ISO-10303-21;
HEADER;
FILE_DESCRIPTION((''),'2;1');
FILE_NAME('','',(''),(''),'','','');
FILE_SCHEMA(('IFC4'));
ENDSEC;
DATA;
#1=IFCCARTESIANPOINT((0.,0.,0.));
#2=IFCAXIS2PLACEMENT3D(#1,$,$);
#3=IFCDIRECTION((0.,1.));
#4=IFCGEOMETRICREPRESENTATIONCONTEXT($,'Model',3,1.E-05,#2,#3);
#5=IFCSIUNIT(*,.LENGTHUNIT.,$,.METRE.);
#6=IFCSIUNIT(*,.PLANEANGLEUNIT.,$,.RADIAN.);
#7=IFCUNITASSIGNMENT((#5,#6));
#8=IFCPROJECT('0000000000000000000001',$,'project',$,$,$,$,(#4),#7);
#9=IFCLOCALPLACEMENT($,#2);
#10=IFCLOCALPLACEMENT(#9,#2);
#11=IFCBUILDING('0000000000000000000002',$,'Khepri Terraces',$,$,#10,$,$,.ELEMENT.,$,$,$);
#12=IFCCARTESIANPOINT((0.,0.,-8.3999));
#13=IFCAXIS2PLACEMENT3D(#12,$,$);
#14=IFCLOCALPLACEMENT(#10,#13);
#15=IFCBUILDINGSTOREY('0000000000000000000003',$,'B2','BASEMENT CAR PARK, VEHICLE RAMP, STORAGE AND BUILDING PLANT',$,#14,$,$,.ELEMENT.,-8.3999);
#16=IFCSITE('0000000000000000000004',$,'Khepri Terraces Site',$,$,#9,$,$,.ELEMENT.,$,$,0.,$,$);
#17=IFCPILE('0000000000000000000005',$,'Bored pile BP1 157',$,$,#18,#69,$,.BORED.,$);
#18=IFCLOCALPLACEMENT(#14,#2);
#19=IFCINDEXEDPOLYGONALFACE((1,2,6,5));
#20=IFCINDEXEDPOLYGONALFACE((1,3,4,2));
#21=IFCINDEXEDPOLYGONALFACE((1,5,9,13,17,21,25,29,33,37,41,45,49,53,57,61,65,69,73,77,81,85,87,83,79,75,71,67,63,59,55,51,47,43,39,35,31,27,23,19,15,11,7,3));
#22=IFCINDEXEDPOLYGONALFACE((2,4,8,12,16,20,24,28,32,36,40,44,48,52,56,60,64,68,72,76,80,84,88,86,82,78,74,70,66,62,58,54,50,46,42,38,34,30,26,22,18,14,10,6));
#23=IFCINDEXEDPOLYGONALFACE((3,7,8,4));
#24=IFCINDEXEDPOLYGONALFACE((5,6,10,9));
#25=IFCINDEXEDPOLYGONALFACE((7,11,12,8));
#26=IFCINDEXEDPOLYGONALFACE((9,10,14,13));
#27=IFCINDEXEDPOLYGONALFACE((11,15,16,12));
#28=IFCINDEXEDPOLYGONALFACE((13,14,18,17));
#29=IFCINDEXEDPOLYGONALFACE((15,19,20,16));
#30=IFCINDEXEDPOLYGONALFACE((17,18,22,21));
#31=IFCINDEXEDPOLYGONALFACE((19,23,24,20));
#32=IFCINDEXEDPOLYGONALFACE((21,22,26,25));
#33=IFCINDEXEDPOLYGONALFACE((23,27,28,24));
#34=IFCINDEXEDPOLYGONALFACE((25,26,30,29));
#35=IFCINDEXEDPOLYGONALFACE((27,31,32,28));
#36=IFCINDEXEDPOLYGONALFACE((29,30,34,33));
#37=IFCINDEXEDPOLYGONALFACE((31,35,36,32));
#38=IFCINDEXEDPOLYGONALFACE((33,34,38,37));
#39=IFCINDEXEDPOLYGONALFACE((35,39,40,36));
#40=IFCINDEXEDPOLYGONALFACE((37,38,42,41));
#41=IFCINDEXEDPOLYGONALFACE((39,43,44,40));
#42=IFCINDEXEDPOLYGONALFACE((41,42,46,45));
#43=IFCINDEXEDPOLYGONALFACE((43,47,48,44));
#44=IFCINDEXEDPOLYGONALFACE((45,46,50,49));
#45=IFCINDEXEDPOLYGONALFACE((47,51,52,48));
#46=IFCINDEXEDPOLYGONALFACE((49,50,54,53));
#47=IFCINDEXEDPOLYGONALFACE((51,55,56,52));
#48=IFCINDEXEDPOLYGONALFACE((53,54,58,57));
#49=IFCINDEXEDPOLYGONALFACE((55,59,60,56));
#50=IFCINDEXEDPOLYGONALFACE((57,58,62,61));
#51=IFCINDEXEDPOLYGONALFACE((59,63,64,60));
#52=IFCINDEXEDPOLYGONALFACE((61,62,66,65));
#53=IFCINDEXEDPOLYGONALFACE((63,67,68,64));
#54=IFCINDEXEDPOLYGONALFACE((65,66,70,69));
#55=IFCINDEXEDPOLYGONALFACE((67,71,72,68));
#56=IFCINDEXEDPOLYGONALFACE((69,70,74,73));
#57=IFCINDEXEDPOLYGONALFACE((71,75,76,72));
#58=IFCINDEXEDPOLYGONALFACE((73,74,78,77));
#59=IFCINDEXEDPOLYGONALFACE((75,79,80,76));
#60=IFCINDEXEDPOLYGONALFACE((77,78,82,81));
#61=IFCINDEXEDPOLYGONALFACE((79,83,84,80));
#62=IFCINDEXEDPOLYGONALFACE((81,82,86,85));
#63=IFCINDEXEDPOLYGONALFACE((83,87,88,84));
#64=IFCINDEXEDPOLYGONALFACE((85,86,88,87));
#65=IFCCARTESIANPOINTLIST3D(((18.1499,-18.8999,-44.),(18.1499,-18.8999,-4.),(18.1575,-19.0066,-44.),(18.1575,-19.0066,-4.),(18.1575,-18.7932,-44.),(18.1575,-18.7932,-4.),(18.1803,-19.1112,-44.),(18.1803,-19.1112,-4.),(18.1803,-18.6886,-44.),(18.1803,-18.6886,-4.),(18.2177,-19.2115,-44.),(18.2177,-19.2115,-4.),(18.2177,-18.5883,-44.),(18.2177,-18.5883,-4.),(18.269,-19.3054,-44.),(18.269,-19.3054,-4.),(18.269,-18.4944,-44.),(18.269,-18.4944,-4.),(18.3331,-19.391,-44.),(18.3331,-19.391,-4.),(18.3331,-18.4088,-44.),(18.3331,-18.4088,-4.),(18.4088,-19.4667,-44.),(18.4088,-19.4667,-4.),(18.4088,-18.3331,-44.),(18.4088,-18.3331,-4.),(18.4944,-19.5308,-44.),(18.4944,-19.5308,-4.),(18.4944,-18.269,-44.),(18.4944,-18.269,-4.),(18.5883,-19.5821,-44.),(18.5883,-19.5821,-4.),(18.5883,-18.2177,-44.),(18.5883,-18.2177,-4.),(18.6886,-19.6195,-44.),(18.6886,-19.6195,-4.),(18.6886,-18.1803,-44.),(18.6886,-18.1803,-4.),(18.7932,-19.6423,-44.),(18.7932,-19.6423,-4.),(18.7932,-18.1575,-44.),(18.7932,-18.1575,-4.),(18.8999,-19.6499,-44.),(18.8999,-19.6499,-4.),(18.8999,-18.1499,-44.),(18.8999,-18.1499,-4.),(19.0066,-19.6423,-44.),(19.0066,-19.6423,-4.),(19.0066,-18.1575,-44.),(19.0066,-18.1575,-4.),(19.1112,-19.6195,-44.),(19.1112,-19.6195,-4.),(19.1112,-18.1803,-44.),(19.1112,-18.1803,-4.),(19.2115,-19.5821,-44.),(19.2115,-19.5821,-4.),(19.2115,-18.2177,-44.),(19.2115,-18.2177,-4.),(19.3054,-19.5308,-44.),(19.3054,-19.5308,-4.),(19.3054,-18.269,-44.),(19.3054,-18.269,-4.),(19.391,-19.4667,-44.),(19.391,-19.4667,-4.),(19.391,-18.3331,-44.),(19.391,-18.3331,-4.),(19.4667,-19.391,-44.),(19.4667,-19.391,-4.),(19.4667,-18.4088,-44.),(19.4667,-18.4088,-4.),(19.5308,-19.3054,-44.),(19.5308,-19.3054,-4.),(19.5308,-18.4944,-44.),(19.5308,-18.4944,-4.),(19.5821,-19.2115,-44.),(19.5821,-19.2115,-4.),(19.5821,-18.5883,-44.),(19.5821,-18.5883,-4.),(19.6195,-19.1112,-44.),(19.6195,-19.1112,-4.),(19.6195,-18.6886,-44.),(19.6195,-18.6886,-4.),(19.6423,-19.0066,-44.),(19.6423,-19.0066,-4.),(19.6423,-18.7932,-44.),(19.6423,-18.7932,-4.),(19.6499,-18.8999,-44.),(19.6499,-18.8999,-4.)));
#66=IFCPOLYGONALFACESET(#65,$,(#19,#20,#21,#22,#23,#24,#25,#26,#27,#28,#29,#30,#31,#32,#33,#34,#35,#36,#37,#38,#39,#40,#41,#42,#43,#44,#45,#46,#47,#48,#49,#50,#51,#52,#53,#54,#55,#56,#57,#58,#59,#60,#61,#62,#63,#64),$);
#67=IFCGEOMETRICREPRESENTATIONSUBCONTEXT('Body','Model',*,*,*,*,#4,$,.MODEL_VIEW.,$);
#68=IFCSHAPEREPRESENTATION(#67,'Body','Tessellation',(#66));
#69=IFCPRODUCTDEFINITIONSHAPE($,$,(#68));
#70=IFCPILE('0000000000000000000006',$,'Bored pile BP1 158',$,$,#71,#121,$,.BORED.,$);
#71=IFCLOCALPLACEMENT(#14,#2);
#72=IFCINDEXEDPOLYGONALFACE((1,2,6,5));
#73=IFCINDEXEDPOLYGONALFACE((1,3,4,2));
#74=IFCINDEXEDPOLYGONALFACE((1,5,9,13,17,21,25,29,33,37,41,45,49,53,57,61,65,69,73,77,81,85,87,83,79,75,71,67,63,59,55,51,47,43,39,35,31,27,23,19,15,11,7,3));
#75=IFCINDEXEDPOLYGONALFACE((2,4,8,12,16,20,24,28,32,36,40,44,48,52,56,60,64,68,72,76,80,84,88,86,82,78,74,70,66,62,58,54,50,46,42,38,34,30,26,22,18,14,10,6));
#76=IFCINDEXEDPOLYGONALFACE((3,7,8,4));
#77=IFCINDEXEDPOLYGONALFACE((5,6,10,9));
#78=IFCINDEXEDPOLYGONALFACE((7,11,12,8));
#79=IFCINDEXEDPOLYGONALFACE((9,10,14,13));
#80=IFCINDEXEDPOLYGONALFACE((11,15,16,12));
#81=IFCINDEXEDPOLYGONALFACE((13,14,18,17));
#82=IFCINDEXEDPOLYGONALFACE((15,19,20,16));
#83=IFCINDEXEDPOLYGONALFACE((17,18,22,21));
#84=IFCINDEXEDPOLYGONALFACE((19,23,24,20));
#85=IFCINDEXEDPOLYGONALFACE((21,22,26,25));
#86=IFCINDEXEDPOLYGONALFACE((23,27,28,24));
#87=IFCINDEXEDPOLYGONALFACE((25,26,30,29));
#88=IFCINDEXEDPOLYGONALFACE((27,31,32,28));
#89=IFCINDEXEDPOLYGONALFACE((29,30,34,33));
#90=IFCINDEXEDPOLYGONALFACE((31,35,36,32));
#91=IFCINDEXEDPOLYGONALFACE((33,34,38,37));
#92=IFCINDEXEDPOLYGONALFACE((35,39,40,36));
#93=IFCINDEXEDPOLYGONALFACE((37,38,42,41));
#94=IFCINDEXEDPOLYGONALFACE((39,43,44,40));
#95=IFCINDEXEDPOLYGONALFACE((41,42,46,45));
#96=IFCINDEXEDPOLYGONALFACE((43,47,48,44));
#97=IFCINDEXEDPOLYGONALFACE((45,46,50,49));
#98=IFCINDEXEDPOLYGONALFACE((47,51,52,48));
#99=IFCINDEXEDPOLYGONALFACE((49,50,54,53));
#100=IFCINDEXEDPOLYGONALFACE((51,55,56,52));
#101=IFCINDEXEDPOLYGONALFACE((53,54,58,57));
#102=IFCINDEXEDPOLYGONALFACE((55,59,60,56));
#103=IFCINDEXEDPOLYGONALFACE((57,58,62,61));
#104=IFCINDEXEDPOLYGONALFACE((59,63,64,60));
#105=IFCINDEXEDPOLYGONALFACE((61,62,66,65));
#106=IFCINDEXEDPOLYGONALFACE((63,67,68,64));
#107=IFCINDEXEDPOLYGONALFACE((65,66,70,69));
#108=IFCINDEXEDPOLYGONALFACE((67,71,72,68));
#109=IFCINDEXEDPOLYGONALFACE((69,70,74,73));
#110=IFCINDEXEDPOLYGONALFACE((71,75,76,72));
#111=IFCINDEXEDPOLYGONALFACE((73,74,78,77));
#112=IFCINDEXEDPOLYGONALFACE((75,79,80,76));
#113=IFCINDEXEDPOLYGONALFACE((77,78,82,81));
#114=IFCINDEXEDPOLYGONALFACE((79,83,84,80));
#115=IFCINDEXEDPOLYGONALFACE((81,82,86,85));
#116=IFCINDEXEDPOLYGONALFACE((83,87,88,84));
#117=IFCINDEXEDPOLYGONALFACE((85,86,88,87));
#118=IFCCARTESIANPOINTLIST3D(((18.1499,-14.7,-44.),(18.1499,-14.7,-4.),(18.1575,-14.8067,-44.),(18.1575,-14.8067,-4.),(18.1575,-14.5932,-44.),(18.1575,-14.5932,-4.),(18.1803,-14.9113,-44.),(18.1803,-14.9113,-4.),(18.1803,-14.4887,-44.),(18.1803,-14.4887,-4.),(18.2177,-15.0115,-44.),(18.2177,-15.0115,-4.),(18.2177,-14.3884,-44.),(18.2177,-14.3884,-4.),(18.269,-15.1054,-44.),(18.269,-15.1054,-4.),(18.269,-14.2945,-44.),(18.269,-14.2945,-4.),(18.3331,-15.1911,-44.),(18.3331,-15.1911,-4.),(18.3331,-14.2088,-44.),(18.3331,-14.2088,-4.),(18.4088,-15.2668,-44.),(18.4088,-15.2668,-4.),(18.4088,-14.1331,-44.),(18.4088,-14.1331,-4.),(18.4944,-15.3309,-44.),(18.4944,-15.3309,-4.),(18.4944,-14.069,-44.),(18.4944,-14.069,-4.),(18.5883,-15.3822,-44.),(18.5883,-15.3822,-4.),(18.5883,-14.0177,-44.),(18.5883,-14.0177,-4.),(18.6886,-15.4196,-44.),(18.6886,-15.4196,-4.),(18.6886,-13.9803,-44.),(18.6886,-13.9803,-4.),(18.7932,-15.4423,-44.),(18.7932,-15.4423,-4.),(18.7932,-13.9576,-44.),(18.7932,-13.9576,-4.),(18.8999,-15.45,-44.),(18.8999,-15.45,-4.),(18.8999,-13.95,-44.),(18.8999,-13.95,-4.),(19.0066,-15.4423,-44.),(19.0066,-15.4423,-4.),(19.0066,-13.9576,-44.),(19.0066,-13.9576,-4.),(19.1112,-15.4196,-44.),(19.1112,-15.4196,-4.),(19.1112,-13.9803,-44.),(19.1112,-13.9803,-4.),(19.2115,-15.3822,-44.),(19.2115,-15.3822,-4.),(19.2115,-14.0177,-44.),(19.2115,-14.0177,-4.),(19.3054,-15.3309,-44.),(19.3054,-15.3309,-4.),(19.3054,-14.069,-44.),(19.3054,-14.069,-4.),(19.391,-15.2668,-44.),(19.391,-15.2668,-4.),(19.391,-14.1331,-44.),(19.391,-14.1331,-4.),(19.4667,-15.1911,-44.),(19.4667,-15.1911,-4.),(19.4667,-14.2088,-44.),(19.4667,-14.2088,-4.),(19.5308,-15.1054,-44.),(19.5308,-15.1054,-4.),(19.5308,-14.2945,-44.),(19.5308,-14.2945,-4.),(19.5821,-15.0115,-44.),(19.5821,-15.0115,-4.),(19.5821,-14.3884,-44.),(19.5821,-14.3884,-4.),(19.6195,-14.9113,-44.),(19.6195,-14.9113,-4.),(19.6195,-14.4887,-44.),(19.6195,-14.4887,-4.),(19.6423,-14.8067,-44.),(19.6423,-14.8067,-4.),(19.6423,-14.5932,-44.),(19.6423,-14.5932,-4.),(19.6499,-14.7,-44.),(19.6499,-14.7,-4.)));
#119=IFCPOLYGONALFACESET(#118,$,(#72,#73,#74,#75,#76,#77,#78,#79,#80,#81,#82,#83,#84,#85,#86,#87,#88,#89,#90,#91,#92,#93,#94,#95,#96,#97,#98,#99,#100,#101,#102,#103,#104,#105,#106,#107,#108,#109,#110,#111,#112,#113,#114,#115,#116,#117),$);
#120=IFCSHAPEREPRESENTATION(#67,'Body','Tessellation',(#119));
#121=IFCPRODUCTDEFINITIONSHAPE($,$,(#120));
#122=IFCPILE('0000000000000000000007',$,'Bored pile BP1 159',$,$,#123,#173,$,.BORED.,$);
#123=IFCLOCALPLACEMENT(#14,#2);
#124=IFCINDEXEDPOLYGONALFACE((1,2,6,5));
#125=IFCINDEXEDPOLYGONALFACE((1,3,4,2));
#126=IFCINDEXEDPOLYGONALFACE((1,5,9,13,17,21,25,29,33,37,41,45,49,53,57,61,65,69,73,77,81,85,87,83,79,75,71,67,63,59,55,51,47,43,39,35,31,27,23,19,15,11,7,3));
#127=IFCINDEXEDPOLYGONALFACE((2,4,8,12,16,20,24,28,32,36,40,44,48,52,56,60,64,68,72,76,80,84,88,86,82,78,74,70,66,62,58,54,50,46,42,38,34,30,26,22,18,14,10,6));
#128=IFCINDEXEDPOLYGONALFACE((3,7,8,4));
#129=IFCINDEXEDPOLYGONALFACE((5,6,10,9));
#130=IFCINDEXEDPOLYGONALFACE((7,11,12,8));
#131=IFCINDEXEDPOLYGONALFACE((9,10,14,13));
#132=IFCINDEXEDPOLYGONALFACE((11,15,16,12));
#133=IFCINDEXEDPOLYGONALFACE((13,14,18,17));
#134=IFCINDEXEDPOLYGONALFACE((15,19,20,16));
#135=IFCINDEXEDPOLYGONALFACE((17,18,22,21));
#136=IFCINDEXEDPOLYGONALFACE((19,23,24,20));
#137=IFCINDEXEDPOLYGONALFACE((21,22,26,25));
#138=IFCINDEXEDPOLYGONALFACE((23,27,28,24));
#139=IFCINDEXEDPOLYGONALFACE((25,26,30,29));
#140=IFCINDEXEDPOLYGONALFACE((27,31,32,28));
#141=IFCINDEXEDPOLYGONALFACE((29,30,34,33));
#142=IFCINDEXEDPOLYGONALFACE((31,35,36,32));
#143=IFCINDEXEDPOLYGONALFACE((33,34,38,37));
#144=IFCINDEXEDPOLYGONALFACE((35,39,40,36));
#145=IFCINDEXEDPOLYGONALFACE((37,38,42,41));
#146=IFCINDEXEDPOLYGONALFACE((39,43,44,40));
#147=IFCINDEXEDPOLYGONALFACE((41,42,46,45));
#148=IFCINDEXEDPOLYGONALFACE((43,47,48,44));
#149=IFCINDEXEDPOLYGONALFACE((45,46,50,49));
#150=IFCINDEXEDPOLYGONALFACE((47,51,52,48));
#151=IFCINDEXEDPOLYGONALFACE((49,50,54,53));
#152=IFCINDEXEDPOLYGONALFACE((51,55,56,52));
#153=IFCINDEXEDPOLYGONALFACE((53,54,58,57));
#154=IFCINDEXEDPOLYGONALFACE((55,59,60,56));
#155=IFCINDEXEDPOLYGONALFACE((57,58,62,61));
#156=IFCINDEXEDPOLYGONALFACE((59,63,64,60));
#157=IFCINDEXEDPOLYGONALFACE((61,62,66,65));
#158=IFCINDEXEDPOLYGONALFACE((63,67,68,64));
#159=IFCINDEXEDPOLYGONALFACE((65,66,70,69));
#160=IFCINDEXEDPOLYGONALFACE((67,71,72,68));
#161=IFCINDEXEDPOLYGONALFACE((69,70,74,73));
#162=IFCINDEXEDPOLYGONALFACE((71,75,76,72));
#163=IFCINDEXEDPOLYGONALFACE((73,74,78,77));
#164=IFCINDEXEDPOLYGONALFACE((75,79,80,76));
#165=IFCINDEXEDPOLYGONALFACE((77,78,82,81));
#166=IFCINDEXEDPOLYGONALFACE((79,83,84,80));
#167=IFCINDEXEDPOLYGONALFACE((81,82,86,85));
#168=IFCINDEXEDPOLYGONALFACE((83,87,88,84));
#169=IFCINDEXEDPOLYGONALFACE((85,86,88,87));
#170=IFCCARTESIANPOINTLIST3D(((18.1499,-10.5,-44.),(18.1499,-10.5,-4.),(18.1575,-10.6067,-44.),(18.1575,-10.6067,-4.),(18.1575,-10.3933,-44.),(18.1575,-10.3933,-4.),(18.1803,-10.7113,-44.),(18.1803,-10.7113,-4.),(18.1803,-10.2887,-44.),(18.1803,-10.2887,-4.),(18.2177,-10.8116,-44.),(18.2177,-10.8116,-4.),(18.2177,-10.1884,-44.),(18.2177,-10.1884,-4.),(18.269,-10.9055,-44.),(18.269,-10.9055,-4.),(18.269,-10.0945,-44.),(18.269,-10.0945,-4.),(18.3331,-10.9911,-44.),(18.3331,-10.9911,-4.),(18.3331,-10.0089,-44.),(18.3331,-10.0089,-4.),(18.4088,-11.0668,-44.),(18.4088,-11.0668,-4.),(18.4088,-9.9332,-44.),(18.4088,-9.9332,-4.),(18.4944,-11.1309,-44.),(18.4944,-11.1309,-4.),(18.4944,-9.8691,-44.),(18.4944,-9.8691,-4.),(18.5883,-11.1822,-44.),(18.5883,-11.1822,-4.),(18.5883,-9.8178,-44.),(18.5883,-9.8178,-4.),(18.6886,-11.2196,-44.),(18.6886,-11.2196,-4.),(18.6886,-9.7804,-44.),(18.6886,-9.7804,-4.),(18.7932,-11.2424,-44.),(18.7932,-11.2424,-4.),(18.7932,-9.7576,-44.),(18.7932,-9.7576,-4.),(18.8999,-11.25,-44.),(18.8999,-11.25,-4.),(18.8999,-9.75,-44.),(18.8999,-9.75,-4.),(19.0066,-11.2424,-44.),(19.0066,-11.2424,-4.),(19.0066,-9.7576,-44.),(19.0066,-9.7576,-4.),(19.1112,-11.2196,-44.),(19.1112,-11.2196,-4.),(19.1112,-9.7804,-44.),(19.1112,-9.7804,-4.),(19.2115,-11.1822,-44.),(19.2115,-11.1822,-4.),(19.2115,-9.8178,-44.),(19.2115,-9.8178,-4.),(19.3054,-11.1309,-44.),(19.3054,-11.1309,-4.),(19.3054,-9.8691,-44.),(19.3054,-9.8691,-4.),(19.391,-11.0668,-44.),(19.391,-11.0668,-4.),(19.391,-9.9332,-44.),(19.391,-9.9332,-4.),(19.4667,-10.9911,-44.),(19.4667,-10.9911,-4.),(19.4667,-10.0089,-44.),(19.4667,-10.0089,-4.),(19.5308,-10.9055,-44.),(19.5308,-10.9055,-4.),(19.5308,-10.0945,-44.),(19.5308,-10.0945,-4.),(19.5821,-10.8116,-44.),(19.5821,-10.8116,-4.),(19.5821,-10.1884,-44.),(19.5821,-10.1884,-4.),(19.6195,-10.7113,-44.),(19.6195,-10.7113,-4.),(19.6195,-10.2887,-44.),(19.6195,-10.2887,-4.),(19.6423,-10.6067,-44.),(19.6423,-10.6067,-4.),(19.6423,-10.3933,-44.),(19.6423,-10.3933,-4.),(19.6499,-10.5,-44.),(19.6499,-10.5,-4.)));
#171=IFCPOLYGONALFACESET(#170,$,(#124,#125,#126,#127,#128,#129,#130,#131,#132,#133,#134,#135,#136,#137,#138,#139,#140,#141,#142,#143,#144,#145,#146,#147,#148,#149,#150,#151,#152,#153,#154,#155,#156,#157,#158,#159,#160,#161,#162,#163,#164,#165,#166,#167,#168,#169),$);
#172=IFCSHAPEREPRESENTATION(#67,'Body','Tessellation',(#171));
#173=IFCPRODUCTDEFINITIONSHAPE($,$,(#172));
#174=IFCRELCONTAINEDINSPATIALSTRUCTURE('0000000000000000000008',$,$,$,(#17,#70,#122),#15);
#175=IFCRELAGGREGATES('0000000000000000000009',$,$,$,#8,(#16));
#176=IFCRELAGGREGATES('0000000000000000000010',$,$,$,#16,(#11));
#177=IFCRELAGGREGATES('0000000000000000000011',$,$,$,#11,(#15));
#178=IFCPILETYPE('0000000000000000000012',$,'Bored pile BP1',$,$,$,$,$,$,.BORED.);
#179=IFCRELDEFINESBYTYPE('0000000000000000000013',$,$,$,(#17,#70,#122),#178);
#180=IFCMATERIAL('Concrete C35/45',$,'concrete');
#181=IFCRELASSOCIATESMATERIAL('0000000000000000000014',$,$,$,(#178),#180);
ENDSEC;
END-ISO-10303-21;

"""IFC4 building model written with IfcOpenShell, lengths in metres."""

from ifc_helpers import new_model, si_unit, direction, frame, origin, origin_2d, place, context, subcontext, project, spatial, circle, extrude, material, material_profile, profile_set, type_object, element, save


model = new_model("IFC4")

# Units and contexts
model_context = context("Model", 3, precision=1e-05, world=origin(), true_north=direction((0.0, 1.0)))
body_context = subcontext(model_context, "Body", "Model", "MODEL_VIEW")
ifc_project = project(units=[si_unit("LENGTHUNIT", "METRE"), si_unit("PLANEANGLEUNIT", "RADIAN")], contexts=[model_context])

# Site, building, storey
site_placement = place(None, origin())
site = spatial("IfcSite", under=ifc_project, at=site_placement, Name="Khepri Terraces Site", CompositionType="ELEMENT", RefElevation=0.0)
building_placement = place(site_placement, origin())
building = spatial("IfcBuilding", under=site, at=building_placement, Name="Khepri Terraces", CompositionType="ELEMENT")
storey_placement = place(building_placement, frame((0.0, 0.0, -8.3999)))
storey = spatial("IfcBuildingStorey", under=building, at=storey_placement, Name="B2", Description="BASEMENT CAR PARK, VEHICLE RAMP, STORAGE AND BUILDING PLANT", CompositionType="ELEMENT", Elevation=-8.3999)

# Piles
ifc_material_1 = material(Name="Concrete C35/45", Category="concrete")
ifc_material_profile_1 = material_profile(ifc_material_1, circle(Radius=0.75, at=origin_2d()), Name="Concrete C35/45", Category="concrete")
ifc_profile_set_1 = profile_set([ifc_material_profile_1], Name="Concrete C35/45")
pile_type = type_object("IfcPileType", Name="Bored pile BP1", PredefinedType="BORED", material=ifc_profile_set_1)
for number, where, z_axis, x_axis, name in (
    (1, (18.8999, -18.8999, -4.0), (0.0, 0.0, -1.0), (1.0, 0.0, 0.0), "Bored pile BP1 157"),
    (2, (18.8999, -14.7, -4.0), (0.0, 0.0, -1.0), (1.0, 0.0, 0.0), "Bored pile BP1 158"),
    (3, (18.8999, -10.5, -4.0), (0.0, 0.0, -1.0), (1.0, 0.0, 0.0), "Bored pile BP1 159"),
):
    element("IfcPile", number, at=place(storey_placement, frame(where, z_axis=z_axis, x_axis=x_axis)), inside=storey, type_object=pile_type, Name=name, PredefinedType="BORED", context=body_context, shape_type="SweptSolid", body=[
        extrude(circle(Radius=0.75, at=origin_2d()), origin(), (0.0, 0.0, 1.0), 40.0),
    ])

save(model, "model.ifc")
